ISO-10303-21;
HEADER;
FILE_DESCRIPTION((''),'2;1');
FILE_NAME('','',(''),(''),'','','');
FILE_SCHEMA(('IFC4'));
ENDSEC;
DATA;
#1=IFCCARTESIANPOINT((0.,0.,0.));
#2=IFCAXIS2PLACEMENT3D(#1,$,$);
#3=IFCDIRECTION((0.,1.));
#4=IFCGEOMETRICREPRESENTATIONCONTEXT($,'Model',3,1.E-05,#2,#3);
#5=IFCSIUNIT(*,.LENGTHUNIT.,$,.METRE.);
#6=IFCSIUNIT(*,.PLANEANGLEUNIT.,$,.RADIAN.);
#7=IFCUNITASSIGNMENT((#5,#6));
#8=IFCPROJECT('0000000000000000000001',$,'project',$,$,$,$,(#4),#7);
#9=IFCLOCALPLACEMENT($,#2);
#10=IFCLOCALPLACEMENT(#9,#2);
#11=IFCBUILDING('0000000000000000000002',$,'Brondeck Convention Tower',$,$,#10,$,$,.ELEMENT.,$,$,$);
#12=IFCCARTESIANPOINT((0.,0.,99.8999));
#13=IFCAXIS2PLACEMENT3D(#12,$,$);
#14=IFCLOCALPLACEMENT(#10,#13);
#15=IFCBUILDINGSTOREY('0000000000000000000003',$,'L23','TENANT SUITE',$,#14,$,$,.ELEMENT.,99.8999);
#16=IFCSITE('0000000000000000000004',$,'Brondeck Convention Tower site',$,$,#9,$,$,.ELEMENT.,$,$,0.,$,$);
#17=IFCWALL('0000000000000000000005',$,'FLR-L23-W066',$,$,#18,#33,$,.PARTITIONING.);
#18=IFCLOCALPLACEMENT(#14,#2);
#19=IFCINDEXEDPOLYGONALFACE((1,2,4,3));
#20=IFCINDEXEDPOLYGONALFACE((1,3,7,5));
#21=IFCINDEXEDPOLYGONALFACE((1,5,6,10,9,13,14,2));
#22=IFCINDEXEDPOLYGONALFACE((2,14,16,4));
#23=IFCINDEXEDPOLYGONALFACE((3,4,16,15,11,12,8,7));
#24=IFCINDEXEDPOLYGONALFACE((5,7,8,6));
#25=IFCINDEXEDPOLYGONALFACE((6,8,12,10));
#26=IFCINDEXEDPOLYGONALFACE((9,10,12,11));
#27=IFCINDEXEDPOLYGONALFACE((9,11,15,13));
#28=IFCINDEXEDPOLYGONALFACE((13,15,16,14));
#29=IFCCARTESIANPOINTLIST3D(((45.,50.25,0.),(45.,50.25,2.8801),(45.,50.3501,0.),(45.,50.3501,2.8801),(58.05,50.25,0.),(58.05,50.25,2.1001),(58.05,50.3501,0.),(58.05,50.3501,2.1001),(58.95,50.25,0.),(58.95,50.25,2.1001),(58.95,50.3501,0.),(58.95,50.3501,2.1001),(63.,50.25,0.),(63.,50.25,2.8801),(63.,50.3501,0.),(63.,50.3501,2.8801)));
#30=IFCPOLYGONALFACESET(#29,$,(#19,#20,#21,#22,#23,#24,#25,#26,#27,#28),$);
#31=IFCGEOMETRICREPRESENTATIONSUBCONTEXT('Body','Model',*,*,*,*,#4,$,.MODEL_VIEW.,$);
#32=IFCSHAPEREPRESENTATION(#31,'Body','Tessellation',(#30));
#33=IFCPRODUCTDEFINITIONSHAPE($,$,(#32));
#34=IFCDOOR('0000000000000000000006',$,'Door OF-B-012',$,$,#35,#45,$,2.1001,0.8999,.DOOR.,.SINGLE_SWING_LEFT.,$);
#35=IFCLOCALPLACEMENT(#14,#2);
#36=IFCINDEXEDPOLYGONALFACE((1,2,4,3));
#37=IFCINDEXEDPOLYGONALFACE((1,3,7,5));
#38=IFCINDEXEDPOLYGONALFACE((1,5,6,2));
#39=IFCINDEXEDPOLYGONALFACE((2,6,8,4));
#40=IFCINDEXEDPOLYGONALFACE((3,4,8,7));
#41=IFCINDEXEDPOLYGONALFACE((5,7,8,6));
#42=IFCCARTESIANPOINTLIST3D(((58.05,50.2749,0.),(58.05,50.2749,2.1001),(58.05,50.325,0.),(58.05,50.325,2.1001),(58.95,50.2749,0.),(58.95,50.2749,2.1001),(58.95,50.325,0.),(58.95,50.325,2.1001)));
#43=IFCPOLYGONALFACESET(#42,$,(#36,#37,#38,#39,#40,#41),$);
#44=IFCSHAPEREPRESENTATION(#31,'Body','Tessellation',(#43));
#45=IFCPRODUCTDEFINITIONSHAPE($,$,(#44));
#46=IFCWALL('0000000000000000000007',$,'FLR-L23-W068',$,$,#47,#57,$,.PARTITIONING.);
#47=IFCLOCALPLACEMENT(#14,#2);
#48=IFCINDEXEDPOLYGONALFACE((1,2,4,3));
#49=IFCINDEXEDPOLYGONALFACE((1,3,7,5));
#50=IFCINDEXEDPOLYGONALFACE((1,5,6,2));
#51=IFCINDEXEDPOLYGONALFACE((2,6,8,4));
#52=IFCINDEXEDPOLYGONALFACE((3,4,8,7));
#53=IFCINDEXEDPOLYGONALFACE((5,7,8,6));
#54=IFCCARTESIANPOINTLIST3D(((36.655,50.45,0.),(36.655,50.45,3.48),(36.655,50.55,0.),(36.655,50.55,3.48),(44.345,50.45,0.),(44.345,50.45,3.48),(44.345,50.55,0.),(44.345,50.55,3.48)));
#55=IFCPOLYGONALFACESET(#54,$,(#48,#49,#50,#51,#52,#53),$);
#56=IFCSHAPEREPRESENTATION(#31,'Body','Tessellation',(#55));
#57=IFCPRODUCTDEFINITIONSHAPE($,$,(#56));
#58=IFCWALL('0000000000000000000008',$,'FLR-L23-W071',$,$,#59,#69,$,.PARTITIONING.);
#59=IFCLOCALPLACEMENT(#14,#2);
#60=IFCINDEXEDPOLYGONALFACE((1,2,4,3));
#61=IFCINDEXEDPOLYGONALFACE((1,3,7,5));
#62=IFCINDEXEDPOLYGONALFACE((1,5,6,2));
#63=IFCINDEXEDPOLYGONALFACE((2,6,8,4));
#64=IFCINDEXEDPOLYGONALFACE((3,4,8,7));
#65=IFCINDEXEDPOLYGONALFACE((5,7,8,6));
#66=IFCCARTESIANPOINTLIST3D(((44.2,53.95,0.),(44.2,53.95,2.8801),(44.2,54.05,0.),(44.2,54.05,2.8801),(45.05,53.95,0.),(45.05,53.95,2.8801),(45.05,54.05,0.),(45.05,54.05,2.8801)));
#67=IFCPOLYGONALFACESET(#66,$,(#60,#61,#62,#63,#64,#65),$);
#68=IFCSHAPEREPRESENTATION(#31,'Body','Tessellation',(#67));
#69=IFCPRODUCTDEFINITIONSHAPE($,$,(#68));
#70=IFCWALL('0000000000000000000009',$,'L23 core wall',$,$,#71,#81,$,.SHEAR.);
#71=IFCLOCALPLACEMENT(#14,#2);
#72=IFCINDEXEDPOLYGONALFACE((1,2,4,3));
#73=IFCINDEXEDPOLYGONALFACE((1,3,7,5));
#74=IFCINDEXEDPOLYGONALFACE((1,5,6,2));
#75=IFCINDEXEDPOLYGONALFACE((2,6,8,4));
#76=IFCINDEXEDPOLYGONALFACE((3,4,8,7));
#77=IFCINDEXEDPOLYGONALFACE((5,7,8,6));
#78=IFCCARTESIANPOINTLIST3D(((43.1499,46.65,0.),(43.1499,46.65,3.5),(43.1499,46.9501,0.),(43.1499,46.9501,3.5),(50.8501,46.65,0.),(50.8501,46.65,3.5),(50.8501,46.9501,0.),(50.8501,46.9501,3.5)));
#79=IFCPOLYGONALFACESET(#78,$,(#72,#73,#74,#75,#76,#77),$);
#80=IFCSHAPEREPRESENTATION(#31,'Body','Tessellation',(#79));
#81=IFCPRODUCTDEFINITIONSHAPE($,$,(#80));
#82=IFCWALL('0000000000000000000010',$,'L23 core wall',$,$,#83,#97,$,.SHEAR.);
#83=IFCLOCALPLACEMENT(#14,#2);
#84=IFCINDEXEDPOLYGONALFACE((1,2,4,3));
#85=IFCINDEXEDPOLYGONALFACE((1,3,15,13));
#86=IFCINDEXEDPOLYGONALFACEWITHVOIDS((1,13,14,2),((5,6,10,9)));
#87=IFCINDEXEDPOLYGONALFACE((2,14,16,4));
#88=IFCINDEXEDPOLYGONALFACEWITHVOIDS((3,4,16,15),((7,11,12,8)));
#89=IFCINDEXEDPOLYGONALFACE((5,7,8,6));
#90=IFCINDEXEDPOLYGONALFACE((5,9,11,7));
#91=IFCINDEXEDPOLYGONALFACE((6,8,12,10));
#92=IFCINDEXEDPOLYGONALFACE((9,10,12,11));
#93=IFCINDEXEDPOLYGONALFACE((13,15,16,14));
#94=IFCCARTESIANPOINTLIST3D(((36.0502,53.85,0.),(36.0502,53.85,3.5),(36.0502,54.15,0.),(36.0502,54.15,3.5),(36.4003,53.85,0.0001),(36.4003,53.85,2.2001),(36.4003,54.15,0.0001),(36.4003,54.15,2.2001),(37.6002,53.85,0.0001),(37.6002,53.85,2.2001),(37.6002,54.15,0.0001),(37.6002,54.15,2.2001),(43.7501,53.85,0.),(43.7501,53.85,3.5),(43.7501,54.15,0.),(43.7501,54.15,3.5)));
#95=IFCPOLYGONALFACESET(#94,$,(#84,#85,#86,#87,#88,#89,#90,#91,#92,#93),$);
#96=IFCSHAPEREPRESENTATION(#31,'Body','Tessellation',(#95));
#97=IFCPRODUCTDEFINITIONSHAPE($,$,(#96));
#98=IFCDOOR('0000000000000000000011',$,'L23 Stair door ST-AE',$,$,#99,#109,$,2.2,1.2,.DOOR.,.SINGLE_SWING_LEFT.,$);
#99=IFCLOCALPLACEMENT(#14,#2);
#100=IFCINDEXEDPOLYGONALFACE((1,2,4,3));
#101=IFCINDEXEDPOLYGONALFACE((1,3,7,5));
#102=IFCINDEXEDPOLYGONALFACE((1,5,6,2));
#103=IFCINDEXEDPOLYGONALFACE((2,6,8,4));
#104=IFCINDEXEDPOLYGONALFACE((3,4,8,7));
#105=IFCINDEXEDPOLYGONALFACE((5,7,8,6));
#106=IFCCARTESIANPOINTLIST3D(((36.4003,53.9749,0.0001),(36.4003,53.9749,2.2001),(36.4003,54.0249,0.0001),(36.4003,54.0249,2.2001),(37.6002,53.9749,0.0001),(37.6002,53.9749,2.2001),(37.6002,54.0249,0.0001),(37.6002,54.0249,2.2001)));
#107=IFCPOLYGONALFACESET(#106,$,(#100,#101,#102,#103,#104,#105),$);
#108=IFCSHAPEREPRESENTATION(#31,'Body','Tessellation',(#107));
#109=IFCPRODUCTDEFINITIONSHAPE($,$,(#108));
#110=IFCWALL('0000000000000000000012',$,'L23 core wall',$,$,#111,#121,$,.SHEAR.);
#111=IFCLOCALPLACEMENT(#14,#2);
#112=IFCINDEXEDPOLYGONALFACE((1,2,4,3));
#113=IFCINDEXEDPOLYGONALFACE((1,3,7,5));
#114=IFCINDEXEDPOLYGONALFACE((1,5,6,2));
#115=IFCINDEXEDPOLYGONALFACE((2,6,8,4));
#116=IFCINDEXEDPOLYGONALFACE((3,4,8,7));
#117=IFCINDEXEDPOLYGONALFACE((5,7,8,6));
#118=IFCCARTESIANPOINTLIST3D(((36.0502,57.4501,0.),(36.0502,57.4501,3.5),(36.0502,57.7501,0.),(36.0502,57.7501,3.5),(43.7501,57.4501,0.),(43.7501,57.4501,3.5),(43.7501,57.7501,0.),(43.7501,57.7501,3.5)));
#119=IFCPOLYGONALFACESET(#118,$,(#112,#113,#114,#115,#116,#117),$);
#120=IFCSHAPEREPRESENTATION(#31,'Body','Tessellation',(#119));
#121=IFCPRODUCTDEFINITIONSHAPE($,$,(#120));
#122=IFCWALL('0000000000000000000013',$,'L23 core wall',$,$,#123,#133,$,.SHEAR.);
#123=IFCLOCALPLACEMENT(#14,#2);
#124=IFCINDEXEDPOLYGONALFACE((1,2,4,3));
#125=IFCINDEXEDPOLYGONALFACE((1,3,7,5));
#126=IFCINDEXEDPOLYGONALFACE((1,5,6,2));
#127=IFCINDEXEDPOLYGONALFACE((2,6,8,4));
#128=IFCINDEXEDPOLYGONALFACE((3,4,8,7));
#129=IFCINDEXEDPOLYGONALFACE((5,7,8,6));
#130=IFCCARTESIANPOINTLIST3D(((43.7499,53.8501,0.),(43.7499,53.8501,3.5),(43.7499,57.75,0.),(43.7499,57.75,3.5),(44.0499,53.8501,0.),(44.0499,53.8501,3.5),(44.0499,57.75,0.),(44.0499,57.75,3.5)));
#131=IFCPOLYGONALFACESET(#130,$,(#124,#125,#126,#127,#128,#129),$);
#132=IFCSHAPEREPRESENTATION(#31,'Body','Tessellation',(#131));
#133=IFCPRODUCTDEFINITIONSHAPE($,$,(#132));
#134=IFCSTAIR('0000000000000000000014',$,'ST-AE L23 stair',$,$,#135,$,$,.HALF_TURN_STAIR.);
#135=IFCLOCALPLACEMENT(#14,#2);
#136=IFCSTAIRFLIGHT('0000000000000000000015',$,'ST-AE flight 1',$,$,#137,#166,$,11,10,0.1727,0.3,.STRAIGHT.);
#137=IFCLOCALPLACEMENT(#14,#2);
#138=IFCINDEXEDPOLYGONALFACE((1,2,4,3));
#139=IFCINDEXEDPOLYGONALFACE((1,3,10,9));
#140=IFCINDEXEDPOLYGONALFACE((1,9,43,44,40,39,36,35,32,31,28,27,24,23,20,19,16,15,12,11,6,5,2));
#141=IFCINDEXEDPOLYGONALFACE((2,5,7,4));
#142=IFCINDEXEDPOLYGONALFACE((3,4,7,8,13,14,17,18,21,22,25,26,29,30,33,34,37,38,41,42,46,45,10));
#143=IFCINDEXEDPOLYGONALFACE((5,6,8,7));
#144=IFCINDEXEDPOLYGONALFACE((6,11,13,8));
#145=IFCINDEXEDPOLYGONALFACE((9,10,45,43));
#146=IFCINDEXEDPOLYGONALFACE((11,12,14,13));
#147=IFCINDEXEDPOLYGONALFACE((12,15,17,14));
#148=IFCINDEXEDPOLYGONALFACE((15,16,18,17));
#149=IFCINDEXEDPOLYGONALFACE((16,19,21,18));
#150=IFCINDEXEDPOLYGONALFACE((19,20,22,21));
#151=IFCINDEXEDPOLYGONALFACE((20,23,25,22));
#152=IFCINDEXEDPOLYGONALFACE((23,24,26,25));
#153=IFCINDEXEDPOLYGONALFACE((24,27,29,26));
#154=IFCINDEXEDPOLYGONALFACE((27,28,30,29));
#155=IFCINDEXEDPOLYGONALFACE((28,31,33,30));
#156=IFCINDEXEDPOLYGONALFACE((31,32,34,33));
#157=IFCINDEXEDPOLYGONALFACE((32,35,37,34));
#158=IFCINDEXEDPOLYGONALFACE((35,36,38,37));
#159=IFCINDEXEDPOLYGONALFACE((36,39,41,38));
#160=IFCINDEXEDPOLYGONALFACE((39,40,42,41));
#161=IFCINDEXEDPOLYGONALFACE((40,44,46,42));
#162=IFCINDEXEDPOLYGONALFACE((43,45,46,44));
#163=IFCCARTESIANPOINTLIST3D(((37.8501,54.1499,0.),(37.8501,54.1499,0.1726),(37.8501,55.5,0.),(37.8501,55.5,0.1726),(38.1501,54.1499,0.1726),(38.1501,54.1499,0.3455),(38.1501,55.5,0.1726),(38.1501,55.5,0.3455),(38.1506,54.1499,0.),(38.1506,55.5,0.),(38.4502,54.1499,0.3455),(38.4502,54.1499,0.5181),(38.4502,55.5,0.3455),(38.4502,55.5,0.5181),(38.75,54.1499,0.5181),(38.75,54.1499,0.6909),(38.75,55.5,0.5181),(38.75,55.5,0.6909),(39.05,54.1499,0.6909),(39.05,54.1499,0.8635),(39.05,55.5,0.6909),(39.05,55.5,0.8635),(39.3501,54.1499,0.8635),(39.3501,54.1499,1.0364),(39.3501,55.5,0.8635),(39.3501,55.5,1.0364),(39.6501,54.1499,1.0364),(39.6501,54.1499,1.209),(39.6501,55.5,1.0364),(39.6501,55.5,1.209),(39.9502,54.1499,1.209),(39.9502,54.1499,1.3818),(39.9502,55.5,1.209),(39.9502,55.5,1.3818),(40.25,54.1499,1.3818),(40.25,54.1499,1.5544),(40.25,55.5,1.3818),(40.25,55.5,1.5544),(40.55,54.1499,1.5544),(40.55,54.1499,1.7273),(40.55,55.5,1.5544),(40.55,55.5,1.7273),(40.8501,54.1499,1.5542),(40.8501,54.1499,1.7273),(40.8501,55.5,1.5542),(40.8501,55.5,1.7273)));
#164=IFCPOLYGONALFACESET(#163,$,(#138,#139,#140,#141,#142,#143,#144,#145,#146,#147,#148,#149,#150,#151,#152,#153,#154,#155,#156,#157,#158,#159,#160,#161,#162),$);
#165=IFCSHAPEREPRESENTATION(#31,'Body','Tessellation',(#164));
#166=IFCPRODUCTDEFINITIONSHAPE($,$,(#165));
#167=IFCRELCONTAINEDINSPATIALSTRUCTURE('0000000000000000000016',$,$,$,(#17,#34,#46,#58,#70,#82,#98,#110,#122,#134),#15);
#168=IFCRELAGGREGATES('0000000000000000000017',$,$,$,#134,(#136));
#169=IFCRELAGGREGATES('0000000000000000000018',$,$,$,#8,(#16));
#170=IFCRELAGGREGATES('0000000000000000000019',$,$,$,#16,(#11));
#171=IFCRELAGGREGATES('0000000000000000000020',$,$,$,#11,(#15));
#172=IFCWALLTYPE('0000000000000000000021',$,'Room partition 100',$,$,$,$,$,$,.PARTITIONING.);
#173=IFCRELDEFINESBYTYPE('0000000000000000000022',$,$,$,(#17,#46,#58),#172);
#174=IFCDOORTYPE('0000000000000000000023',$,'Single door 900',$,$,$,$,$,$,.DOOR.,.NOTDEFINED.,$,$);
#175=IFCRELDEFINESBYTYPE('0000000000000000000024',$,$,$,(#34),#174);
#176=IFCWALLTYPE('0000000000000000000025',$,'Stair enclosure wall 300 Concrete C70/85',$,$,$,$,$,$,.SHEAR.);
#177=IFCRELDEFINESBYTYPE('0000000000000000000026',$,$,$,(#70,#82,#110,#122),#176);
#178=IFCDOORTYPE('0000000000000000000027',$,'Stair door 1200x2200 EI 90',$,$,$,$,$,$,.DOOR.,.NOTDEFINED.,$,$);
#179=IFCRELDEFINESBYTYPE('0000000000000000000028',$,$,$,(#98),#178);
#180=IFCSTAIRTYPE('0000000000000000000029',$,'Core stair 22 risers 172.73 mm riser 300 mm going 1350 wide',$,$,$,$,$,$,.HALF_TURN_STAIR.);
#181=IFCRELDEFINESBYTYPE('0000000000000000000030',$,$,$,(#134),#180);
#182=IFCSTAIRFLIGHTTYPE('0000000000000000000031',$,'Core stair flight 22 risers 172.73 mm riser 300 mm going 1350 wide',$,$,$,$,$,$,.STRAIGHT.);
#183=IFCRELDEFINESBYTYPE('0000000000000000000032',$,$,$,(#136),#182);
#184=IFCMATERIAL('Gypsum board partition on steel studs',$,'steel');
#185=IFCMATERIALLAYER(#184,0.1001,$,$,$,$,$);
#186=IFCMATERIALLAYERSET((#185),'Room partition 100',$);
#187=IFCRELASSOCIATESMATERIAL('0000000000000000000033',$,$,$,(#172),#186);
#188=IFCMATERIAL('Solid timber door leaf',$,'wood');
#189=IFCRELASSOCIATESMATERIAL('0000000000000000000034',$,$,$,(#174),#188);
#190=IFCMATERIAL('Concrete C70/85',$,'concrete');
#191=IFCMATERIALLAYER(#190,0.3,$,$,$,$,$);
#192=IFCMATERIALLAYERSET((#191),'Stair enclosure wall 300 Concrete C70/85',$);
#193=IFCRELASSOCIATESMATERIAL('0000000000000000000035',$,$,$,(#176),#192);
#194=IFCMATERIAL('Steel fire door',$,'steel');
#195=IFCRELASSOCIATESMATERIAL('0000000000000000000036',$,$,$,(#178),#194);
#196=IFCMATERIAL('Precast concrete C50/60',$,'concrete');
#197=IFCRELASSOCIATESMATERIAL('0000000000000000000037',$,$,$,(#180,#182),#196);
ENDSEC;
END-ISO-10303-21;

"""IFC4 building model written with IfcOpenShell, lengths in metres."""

from ifc_helpers import new_model, si_unit, direction, frame, frame_2d, origin, place, context, subcontext, project, spatial, polyline, rectangle, outline, extrude, material, layer, layer_set, type_object, element, fill, aggregate, save


model = new_model("IFC4")

# Units and contexts
model_context = context("Model", 3, precision=1e-05, world=origin(), true_north=direction((0.0, 1.0)))
body_context = subcontext(model_context, "Body", "Model", "MODEL_VIEW")
ifc_project = project(units=[si_unit("LENGTHUNIT", "METRE"), si_unit("PLANEANGLEUNIT", "RADIAN")], contexts=[model_context])

# Site, building, storey
site_placement = place(None, origin())
site = spatial("IfcSite", under=ifc_project, at=site_placement, Name="Brondeck Convention Tower site", CompositionType="ELEMENT", RefElevation=0.0)
building_placement = place(site_placement, origin())
building = spatial("IfcBuilding", under=site, at=building_placement, Name="Brondeck Convention Tower", CompositionType="ELEMENT")
storey_placement = place(building_placement, frame((0.0, 0.0, 99.8999)))
storey = spatial("IfcBuildingStorey", under=building, at=storey_placement, Name="L23", Description="TENANT SUITE", CompositionType="ELEMENT", Elevation=99.8999)

# Shared definitions
ifc_material_1 = material(Name="Concrete C70/85", Category="concrete")

# Shared definitions
ifc_material_2 = material(Name="Gypsum board partition on steel studs", Category="steel")
ifc_layer_1 = layer(ifc_material_2, 0.1001)
ifc_layer_set_1 = layer_set([ifc_layer_1], Name="Room partition 100")
wall_type_1 = type_object("IfcWallType", Name="Room partition 100", PredefinedType="PARTITIONING", material=ifc_layer_set_1)

# Wall, opening, door
ifc_material_3 = material(Name="Solid timber door leaf", Category="wood")
door_type_1 = type_object("IfcDoorType", Name="Single door 900", OperationType="NOTDEFINED", PredefinedType="DOOR", material=ifc_material_3)
wall_1_placement = place(storey_placement, frame((45.0, 50.3, 0.0), z_axis=(0.0, 0.0, 1.0), x_axis=(1.0, 0.0, 0.0)))
wall_1 = element("IfcWall", 1, at=wall_1_placement, inside=storey, type_object=wall_type_1, Name="FLR-L23-W066", PredefinedType="PARTITIONING", context=body_context, shape_type="SweptSolid", body=[
    extrude(rectangle(XDim=18.0, YDim=0.1001, at=frame_2d((9.0, 0.0))), origin(), (0.0, 0.0, 1.0), 2.8801),
])
opening_1_placement = place(wall_1_placement, frame((13.05, 0.0, 0.0)))
opening_1 = element("IfcOpeningElement", 2, at=opening_1_placement, cuts=wall_1, PredefinedType="OPENING", context=body_context, shape_type="SweptSolid", body=[
    extrude(rectangle(XDim=0.8999, YDim=2.1001, at=frame_2d((0.45, 1.05))), frame((0.0, 0.0601, 0.0), z_axis=(0.0, -1.0, 0.0), x_axis=(1.0, 0.0, 0.0)), (0.0, 0.0, 1.0), 0.1201),
])
door_1_placement = place(opening_1_placement, origin())
door_1 = element("IfcDoor", 3, at=door_1_placement, inside=storey, type_object=door_type_1, Name="Door OF-B-012", OperationType="SINGLE_SWING_LEFT", OverallHeight=2.1001, OverallWidth=0.8999, PredefinedType="DOOR", context=body_context, shape_type="SweptSolid", body=[
    extrude(rectangle(XDim=0.8999, YDim=2.1001, at=frame_2d((0.45, 1.05))), frame((0.0, 0.0249, 0.0), z_axis=(0.0, -1.0, 0.0), x_axis=(1.0, 0.0, 0.0)), (0.0, 0.0, 1.0), 0.05),
])
fill(opening_1, door_1)

# Walls
wall_2_placement = place(storey_placement, frame((44.345, 50.5, 0.0), z_axis=(0.0, 0.0, 1.0), x_axis=(-1.0, 0.0, 0.0)))
element("IfcWall", 4, at=wall_2_placement, inside=storey, type_object=wall_type_1, Name="FLR-L23-W068", PredefinedType="PARTITIONING", context=body_context, shape_type="SweptSolid", body=[
    extrude(rectangle(XDim=7.6899, YDim=0.1001, at=frame_2d((3.845, 0.0))), origin(), (0.0, 0.0, 1.0), 3.48),
])
wall_3_placement = place(storey_placement, frame((44.2, 54.0, 0.0), z_axis=(0.0, 0.0, 1.0), x_axis=(1.0, 0.0, 0.0)))
element("IfcWall", 5, at=wall_3_placement, inside=storey, type_object=wall_type_1, Name="FLR-L23-W071", PredefinedType="PARTITIONING", context=body_context, shape_type="SweptSolid", body=[
    extrude(rectangle(XDim=0.8501, YDim=0.1001, at=frame_2d((0.425, 0.0))), origin(), (0.0, 0.0, 1.0), 2.8801),
])
ifc_layer_2 = layer(ifc_material_1, 0.3)
ifc_layer_set_2 = layer_set([ifc_layer_2], Name="Stair enclosure wall 300 Concrete C70/85")
wall_type_2 = type_object("IfcWallType", Name="Stair enclosure wall 300 Concrete C70/85", PredefinedType="SHEAR", material=ifc_layer_set_2)
wall_4_placement = place(storey_placement, frame((43.1499, 46.8, 0.0), z_axis=(0.0, 0.0, 1.0), x_axis=(1.0, 0.0, 0.0)))
element("IfcWall", 6, at=wall_4_placement, inside=storey, type_object=wall_type_2, Name="L23 core wall", PredefinedType="SHEAR", context=body_context, shape_type="SweptSolid", body=[
    extrude(rectangle(XDim=7.7002, YDim=0.3, at=frame_2d((3.8501, 0.0))), origin(), (0.0, 0.0, 1.0), 3.5),
])

# Wall, opening, door
wall_5_placement = place(storey_placement, frame((36.05, 54.0, 0.0), z_axis=(0.0, 0.0, 1.0), x_axis=(1.0, 0.0, 0.0)))
wall_5 = element("IfcWall", 7, at=wall_5_placement, inside=storey, type_object=wall_type_2, Name="L23 core wall", PredefinedType="SHEAR", context=body_context, shape_type="SweptSolid", body=[
    extrude(rectangle(XDim=7.7, YDim=0.3, at=frame_2d((3.8501, 0.0))), origin(), (0.0, 0.0, 1.0), 3.5),
])
opening_2_placement = place(wall_5_placement, frame((0.3501, 0.0, 0.0)))
opening_2 = element("IfcOpeningElement", 8, at=opening_2_placement, cuts=wall_5, PredefinedType="OPENING", context=body_context, shape_type="SweptSolid", body=[
    extrude(rectangle(XDim=1.2, YDim=2.2, at=frame_2d((0.6001, 1.1001))), frame((0.0, 0.1599, 0.0), z_axis=(0.0, -1.0, 0.0), x_axis=(1.0, 0.0, 0.0)), (0.0, 0.0, 1.0), 0.3201),
])
ifc_material_4 = material(Name="Steel fire door", Category="steel")
door_type_2 = type_object("IfcDoorType", Name="Stair door 1200x2200 EI 90", OperationType="NOTDEFINED", PredefinedType="DOOR", material=ifc_material_4)
door_2_placement = place(opening_2_placement, origin())
door_2 = element("IfcDoor", 9, at=door_2_placement, inside=storey, type_object=door_type_2, Name="L23 Stair door ST-AE", OperationType="SINGLE_SWING_LEFT", OverallHeight=2.2, OverallWidth=1.2, PredefinedType="DOOR", context=body_context, shape_type="SweptSolid", body=[
    extrude(rectangle(XDim=1.2, YDim=2.2, at=frame_2d((0.6001, 1.1001))), frame((0.0, 0.0249, 0.0), z_axis=(0.0, -1.0, 0.0), x_axis=(1.0, 0.0, 0.0)), (0.0, 0.0, 1.0), 0.05),
])
fill(opening_2, door_2)

# Walls
wall_6_placement = place(storey_placement, frame((36.05, 57.6001, 0.0), z_axis=(0.0, 0.0, 1.0), x_axis=(1.0, 0.0, 0.0)))
element("IfcWall", 10, at=wall_6_placement, inside=storey, type_object=wall_type_2, Name="L23 core wall", PredefinedType="SHEAR", context=body_context, shape_type="SweptSolid", body=[
    extrude(rectangle(XDim=7.7, YDim=0.3, at=frame_2d((3.8501, 0.0))), origin(), (0.0, 0.0, 1.0), 3.5),
])
wall_7_placement = place(storey_placement, frame((43.8999, 53.8501, 0.0), z_axis=(0.0, 0.0, 1.0), x_axis=(0.0, 1.0, 0.0)))
element("IfcWall", 11, at=wall_7_placement, inside=storey, type_object=wall_type_2, Name="L23 core wall", PredefinedType="SHEAR", context=body_context, shape_type="SweptSolid", body=[
    extrude(rectangle(XDim=3.8999, YDim=0.3, at=frame_2d((1.95, 0.0))), origin(), (0.0, 0.0, 1.0), 3.5),
])

# Stair, stair flight
ifc_material_5 = material(Name="Precast concrete C50/60", Category="concrete")
stair_type = type_object("IfcStairType", Name="Core stair 22 risers 172.73 mm riser 300 mm going 1350 wide", PredefinedType="HALF_TURN_STAIR", material=ifc_material_5)
stair_placement = place(storey_placement, origin())
stair = element("IfcStair", 12, at=stair_placement, inside=storey, type_object=stair_type, Name="ST-AE L23 stair", PredefinedType="HALF_TURN_STAIR")
stair_flight_type = type_object("IfcStairFlightType", Name="Core stair flight 22 risers 172.73 mm riser 300 mm going 1350 wide", PredefinedType="STRAIGHT", material=ifc_material_5)
stair_flight_1_placement = place(storey_placement, frame((37.8501, 54.825, 0.0), z_axis=(0.0, 0.0, 1.0), x_axis=(1.0, 0.0, 0.0)))
stair_flight_1 = element("IfcStairFlight", 13, at=stair_flight_1_placement, type_object=stair_flight_type, Name="ST-AE flight 1", NumberOfRisers=11, NumberOfTreads=10, PredefinedType="STRAIGHT", RiserHeight=0.1727, TreadLength=0.3, context=body_context, shape_type="SweptSolid", body=[
    extrude(outline(polyline([(0.0, 0.0), (0.0, 0.1726), (0.3, 0.1726), (0.3, 0.3455), (0.6001, 0.3455), (0.6001, 0.5181), (0.8999, 0.5181), (0.8999, 0.6909), (1.2, 0.6909), (1.2, 0.8635), (1.5, 0.8635), (1.5, 1.0364), (1.8, 1.0364), (1.8, 1.209), (2.1001, 1.209), (2.1001, 1.3818), (2.3999, 1.3818), (2.3999, 1.5544), (2.7, 1.5544), (2.7, 1.7273), (3.0, 1.7273), (3.0, 1.8999), (3.0, 1.5542), (0.3005, 0.0), (0.0, 0.0)])), frame((0.0, 0.675, 0.0), z_axis=(0.0, -1.0, 0.0), x_axis=(1.0, 0.0, 0.0)), (0.0, 0.0, 1.0), 1.3501),
])
aggregate(stair, [stair_flight_1])

save(model, "model.ifc")
